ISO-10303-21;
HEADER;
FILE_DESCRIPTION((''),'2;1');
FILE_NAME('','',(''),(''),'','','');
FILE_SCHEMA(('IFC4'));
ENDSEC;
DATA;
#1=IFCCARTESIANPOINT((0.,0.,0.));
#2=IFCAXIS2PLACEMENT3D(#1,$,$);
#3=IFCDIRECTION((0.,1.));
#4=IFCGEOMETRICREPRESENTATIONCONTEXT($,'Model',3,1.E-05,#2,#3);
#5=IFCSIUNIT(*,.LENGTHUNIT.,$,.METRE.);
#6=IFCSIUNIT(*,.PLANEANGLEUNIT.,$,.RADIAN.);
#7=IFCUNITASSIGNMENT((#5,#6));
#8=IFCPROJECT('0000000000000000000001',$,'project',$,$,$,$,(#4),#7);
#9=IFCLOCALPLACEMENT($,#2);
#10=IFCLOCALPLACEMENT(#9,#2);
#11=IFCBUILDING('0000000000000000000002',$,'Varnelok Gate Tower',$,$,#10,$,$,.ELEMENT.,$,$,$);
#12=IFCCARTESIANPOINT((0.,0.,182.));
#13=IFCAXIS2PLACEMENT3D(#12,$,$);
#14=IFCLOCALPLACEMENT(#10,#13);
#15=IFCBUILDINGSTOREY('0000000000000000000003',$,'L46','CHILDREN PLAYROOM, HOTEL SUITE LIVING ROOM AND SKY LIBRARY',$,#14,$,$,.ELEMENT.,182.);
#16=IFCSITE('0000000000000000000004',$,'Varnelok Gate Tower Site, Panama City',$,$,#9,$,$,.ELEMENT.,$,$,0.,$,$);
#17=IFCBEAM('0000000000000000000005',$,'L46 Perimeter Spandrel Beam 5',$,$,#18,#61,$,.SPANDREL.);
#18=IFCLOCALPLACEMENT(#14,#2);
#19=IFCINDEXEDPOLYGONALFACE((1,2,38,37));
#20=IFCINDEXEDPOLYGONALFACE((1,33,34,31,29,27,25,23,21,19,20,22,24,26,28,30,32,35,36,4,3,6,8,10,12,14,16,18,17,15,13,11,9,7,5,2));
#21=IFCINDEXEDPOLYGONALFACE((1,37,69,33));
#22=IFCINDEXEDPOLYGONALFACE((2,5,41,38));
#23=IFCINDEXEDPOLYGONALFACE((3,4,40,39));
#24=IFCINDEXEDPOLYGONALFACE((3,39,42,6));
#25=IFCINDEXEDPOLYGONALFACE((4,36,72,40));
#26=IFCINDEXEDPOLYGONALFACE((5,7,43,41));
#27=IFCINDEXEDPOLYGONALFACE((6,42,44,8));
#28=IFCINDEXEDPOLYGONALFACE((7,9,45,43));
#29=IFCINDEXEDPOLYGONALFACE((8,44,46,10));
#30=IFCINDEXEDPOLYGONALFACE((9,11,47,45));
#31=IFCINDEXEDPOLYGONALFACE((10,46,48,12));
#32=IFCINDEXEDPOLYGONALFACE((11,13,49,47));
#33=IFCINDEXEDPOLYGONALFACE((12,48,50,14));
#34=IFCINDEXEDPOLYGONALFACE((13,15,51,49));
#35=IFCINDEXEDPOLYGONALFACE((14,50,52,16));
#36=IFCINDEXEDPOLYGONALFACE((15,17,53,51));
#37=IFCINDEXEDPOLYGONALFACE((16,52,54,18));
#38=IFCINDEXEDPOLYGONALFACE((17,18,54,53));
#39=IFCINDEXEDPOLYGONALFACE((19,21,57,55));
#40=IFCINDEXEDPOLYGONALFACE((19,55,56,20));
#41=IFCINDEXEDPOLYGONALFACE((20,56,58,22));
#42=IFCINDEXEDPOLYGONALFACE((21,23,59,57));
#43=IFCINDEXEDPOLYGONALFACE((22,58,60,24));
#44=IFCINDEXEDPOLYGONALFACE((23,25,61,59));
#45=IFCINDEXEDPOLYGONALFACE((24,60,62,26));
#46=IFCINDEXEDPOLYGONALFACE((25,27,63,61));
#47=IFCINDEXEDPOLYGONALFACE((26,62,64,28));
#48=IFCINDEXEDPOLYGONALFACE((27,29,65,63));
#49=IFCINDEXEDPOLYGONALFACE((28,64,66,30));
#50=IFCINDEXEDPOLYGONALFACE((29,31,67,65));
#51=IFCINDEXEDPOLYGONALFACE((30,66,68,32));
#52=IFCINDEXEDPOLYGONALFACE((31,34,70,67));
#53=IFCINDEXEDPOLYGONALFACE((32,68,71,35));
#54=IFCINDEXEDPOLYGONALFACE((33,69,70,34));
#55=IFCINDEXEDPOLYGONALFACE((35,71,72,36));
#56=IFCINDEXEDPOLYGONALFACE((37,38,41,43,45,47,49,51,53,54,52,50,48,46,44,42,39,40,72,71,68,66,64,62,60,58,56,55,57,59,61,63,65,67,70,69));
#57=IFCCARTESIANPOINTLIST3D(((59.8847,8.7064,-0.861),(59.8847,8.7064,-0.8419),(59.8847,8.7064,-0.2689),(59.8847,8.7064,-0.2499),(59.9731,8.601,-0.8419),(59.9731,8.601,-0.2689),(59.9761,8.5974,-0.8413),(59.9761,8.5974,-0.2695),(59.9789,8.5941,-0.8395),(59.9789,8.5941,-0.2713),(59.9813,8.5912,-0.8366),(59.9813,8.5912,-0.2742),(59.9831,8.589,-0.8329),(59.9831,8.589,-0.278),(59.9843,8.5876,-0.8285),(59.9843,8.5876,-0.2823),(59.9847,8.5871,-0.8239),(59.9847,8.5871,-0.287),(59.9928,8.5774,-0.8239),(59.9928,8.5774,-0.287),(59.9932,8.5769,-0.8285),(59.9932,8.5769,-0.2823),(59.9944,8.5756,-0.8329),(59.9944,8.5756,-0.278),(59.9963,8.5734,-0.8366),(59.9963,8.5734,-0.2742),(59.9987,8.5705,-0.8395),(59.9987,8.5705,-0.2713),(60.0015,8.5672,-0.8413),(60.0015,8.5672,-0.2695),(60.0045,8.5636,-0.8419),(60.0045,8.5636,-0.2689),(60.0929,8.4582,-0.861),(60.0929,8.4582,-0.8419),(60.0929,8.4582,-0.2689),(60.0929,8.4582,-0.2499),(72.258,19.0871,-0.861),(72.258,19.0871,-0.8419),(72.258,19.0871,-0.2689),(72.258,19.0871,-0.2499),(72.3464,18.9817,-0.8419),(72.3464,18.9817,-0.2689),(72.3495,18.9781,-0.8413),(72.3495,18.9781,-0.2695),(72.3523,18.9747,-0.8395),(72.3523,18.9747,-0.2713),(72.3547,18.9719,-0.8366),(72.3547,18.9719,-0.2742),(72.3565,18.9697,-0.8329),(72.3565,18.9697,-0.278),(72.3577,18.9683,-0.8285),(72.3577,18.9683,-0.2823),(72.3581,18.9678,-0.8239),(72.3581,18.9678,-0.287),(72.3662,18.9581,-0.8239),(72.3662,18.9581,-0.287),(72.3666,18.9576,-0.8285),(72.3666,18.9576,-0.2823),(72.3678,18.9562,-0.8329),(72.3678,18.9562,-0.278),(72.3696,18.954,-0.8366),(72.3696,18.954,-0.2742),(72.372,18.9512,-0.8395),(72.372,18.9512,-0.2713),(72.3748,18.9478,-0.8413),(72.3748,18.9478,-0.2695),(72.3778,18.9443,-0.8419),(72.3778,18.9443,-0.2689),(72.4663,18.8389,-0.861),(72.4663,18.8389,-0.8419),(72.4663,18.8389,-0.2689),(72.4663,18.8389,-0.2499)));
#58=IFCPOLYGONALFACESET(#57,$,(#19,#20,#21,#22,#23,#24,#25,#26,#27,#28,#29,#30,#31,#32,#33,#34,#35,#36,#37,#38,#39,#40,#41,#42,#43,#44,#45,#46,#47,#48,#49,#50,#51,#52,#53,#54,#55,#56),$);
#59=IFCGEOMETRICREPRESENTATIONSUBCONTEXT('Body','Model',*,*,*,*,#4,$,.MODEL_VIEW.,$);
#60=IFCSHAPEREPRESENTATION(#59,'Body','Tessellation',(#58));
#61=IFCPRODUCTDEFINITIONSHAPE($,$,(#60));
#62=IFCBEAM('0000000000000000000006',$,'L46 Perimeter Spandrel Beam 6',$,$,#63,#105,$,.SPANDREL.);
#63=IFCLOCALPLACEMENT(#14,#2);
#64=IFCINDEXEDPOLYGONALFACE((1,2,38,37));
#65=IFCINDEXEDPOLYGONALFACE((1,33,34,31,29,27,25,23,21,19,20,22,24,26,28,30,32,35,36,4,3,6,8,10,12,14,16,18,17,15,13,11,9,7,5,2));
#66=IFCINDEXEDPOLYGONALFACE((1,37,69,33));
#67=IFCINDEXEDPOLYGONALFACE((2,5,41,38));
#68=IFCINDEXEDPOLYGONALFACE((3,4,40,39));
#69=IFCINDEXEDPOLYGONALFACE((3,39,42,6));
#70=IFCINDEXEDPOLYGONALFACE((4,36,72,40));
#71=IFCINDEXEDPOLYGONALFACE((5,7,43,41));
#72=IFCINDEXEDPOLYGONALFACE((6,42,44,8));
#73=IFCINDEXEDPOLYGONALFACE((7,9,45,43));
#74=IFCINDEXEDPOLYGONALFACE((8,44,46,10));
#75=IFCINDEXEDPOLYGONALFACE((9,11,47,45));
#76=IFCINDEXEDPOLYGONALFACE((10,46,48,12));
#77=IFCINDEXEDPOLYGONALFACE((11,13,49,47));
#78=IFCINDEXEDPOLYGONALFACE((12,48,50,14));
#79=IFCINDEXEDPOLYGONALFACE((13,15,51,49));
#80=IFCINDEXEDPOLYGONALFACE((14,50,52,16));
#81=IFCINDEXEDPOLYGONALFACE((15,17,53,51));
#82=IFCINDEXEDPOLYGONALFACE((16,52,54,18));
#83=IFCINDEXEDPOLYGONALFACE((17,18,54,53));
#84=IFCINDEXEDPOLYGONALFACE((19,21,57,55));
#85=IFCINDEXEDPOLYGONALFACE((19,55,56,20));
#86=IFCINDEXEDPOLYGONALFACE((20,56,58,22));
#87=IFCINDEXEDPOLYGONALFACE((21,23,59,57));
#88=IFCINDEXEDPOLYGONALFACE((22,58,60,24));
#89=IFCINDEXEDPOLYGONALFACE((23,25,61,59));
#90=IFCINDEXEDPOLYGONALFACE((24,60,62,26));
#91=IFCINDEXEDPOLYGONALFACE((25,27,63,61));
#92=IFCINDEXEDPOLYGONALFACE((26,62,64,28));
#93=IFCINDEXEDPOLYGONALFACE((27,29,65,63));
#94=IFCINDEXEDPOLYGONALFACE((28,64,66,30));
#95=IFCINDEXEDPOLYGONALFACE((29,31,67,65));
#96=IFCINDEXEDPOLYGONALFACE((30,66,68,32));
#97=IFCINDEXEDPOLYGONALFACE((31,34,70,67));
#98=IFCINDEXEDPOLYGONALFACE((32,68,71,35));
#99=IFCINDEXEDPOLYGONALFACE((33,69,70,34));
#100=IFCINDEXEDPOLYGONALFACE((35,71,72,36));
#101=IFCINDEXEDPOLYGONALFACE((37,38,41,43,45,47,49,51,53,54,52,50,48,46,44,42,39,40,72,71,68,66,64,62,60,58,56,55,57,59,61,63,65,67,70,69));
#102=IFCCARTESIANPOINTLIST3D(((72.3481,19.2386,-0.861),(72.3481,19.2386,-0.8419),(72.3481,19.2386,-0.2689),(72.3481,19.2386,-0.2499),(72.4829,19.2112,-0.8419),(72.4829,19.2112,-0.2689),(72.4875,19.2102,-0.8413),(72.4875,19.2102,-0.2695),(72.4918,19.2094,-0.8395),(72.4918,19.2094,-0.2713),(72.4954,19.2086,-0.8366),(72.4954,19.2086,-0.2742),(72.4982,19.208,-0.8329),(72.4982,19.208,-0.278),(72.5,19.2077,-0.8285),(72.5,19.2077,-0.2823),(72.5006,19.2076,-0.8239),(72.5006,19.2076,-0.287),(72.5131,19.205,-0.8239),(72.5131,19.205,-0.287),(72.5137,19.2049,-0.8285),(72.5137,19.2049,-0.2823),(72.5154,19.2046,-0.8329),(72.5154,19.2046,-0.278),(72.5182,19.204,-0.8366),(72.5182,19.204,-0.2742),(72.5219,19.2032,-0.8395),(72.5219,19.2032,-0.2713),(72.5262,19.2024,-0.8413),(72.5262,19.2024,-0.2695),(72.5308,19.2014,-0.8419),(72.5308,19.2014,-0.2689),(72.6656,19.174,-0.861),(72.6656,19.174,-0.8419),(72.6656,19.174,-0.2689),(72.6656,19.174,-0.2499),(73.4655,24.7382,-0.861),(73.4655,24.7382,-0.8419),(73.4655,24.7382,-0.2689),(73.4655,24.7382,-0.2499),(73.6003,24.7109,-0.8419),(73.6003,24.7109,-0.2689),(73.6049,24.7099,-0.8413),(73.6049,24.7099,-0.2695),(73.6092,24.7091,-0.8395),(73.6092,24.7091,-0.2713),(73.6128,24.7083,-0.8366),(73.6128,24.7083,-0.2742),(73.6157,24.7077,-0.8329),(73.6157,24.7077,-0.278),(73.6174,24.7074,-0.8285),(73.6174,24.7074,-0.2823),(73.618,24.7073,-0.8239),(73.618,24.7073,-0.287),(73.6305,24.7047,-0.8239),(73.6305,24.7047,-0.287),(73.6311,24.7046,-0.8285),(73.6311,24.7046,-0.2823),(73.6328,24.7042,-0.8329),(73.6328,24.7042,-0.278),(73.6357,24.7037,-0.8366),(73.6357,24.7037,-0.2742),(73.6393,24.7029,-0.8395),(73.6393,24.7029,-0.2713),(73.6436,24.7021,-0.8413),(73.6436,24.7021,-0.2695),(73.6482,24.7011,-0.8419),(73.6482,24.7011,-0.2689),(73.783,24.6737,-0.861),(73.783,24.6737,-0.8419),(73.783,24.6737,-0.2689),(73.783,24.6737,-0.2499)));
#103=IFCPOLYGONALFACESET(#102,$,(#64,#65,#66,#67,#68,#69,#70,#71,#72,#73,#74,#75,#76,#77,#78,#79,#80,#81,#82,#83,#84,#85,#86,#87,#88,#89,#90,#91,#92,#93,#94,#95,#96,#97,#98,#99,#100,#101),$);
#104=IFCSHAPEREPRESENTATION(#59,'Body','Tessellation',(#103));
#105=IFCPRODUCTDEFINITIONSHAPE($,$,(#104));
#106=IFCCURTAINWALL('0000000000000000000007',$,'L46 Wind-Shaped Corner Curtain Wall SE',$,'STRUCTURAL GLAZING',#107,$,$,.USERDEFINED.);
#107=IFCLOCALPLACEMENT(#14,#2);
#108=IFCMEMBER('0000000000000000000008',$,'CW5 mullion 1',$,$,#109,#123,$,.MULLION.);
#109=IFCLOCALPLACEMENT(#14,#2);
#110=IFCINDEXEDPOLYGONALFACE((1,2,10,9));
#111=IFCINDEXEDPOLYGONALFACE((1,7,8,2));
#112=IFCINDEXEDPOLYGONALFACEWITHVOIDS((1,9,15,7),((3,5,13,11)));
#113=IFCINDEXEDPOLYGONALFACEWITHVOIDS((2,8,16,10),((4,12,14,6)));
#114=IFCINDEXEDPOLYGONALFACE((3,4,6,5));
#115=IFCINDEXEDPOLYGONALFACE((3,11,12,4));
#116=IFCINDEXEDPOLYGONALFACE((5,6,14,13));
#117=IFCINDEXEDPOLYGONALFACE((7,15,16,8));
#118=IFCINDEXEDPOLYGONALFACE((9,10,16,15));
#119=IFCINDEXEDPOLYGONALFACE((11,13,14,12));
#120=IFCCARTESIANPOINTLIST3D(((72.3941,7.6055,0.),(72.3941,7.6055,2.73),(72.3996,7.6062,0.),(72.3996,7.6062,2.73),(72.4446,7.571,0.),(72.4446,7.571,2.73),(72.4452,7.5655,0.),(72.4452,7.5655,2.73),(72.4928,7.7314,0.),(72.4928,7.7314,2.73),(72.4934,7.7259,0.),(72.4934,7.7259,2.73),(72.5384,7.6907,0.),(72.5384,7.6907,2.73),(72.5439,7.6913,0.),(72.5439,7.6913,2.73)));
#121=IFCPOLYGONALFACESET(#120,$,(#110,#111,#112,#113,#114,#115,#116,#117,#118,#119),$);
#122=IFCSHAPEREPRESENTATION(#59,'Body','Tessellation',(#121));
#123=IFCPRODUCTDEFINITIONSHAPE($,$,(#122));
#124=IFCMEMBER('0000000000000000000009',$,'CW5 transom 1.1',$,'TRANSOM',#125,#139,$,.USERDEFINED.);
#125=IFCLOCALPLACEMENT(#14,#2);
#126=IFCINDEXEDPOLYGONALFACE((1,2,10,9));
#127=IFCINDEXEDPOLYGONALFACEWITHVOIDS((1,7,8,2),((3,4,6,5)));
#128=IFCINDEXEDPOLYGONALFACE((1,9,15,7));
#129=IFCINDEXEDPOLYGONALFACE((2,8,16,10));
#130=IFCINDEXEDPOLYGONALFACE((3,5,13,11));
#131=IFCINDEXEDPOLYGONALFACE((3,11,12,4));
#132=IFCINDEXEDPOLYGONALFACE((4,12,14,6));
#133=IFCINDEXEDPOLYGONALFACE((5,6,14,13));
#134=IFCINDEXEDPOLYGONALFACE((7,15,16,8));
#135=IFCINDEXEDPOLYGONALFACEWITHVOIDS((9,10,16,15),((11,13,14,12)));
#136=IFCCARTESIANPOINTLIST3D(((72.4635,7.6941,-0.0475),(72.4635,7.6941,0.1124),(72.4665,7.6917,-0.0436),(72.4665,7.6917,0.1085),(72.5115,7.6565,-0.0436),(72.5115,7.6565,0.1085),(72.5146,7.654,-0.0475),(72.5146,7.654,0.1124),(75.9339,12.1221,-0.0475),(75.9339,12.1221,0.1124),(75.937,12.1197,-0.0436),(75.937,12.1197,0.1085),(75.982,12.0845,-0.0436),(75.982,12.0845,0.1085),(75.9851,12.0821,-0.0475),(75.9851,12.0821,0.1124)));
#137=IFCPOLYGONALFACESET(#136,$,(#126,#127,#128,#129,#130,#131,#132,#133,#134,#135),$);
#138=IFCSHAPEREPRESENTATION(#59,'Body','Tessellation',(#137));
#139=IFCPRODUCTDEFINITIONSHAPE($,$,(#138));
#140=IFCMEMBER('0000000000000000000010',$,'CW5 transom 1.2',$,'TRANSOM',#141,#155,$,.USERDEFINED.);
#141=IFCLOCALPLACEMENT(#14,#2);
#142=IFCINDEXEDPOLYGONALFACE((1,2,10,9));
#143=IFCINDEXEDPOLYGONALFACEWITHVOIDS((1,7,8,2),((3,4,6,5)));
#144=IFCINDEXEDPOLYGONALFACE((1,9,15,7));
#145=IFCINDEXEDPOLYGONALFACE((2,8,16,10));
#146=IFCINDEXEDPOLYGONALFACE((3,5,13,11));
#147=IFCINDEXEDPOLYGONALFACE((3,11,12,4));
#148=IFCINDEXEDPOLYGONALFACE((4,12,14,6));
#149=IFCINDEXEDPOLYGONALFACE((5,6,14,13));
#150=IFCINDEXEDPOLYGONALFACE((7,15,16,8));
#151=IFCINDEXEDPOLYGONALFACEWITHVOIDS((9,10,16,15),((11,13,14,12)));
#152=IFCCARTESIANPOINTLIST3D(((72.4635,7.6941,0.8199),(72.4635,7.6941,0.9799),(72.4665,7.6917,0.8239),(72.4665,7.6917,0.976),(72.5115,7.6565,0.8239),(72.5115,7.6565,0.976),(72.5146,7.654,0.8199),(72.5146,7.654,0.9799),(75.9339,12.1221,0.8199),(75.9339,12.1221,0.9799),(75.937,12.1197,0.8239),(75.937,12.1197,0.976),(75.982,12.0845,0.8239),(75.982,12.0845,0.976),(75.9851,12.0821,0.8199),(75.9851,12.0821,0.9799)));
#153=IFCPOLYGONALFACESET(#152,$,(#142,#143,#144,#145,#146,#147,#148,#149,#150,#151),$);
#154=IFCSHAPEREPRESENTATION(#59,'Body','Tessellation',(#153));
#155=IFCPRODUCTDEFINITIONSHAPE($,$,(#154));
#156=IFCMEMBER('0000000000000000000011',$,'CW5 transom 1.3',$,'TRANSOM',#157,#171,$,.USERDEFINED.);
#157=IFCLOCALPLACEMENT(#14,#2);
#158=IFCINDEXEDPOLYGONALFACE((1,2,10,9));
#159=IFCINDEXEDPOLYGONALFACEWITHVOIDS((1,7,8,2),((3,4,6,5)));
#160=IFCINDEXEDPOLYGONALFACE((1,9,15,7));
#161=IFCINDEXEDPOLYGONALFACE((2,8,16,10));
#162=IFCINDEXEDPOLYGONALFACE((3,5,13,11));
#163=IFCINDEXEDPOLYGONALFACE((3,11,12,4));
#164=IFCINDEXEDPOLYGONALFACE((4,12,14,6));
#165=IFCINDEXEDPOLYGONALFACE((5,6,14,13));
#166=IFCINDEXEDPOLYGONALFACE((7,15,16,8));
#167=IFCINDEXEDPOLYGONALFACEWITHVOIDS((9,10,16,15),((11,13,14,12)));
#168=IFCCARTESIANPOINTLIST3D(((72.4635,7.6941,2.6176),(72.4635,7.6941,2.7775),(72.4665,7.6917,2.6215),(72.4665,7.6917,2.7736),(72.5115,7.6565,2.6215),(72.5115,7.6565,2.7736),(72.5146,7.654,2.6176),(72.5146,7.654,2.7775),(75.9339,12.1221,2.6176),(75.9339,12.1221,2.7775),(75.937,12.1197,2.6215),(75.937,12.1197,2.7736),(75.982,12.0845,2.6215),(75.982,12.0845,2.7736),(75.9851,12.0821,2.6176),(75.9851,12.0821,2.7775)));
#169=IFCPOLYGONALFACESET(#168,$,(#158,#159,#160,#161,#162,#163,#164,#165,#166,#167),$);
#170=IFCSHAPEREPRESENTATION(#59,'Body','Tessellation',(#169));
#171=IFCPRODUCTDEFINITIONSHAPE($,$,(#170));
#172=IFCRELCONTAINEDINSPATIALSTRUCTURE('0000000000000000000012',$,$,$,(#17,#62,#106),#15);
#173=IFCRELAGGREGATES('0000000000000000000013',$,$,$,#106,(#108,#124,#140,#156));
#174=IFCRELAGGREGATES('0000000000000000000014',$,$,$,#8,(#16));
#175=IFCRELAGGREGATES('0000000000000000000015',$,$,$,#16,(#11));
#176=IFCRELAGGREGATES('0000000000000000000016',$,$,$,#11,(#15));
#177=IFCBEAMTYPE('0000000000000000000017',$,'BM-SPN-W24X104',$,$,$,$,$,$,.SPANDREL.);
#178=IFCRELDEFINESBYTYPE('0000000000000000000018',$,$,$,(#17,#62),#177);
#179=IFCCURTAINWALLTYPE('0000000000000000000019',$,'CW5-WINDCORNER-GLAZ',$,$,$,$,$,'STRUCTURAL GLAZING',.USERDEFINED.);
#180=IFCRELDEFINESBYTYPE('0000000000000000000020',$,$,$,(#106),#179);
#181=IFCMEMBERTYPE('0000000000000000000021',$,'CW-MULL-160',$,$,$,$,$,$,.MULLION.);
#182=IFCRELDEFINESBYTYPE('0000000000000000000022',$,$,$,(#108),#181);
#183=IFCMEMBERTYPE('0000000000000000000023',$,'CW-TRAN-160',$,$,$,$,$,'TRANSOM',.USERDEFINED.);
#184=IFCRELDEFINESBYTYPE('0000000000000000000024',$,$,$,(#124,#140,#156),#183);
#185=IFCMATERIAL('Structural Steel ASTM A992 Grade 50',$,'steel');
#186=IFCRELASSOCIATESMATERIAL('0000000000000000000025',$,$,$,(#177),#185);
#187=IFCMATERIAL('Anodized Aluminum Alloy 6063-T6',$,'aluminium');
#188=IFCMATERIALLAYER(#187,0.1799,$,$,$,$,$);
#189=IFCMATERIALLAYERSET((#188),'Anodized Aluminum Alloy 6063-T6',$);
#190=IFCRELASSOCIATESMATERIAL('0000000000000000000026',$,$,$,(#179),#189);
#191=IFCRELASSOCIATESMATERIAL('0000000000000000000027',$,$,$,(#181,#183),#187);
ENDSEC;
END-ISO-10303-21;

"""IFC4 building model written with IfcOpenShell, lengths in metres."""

from ifc_helpers import new_model, si_unit, direction, frame, origin, origin_2d, place, context, subcontext, project, spatial, hollow_rectangle, i_section, extrude, material, layer, layer_set, material_profile, profile_set, type_object, element, aggregate, save


model = new_model("IFC4")

# Units and contexts
model_context = context("Model", 3, precision=1e-05, world=origin(), true_north=direction((0.0, 1.0)))
body_context = subcontext(model_context, "Body", "Model", "MODEL_VIEW")
ifc_project = project(units=[si_unit("LENGTHUNIT", "METRE"), si_unit("PLANEANGLEUNIT", "RADIAN")], contexts=[model_context])

# Site, building, storey
site_placement = place(None, origin())
site = spatial("IfcSite", under=ifc_project, at=site_placement, Name="Varnelok Gate Tower Site, Panama City", CompositionType="ELEMENT", RefElevation=0.0)
building_placement = place(site_placement, origin())
building = spatial("IfcBuilding", under=site, at=building_placement, Name="Varnelok Gate Tower", CompositionType="ELEMENT")
storey_placement = place(building_placement, frame((0.0, 0.0, 182.0)))
storey = spatial("IfcBuildingStorey", under=building, at=storey_placement, Name="L46", Description="CHILDREN PLAYROOM, HOTEL SUITE LIVING ROOM AND SKY LIBRARY", CompositionType="ELEMENT", Elevation=182.0)

# Shared definitions
ifc_material_1 = material(Name="Structural Steel ASTM A992 Grade 50", Category="steel")

# Beams
ifc_material_profile_1 = material_profile(ifc_material_1, i_section(OverallWidth=0.324, OverallDepth=0.6111, WebThickness=0.0127, FlangeThickness=0.019, FilletRadius=0.0181, at=origin_2d()), Name="W24X104")
ifc_profile_set_1 = profile_set([ifc_material_profile_1], Name="Structural Steel ASTM A992 Grade 50")
beam_type_1 = type_object("IfcBeamType", Name="BM-SPN-W24X104", PredefinedType="SPANDREL", material=ifc_profile_set_1)
beam_1_placement = place(storey_placement, frame((59.9888, 8.5823, -0.5554), z_axis=(0.7661, 0.642722, 0.0), x_axis=(-0.642722, 0.7661, 0.0)))
element("IfcBeam", 1, at=beam_1_placement, inside=storey, type_object=beam_type_1, Name="L46 Perimeter Spandrel Beam 5", PredefinedType="SPANDREL", context=body_context, shape_type="SweptSolid", body=[
    extrude(i_section(OverallWidth=0.324, OverallDepth=0.6111, WebThickness=0.0127, FlangeThickness=0.019, FilletRadius=0.0181, at=origin_2d()), origin(), (0.0, 0.0, 1.0), 16.1511),
])
beam_2_placement = place(storey_placement, frame((72.5068, 19.2063, -0.5554), z_axis=(0.19911, 0.979977, 0.0), x_axis=(-0.979977, 0.19911, 0.0)))
element("IfcBeam", 2, at=beam_2_placement, inside=storey, type_object=beam_type_1, Name="L46 Perimeter Spandrel Beam 6", PredefinedType="SPANDREL", context=body_context, shape_type="SweptSolid", body=[
    extrude(i_section(OverallWidth=0.324, OverallDepth=0.6111, WebThickness=0.0127, FlangeThickness=0.019, FilletRadius=0.0181, at=origin_2d()), origin(), (0.0, 0.0, 1.0), 5.6121),
])

# Curtain wall, members
ifc_material_2 = material(Name="Anodized Aluminum Alloy 6063-T6", Category="aluminium")
ifc_layer_1 = layer(ifc_material_2, 0.1799)
ifc_layer_set_1 = layer_set([ifc_layer_1], Name="Anodized Aluminum Alloy 6063-T6")
curtain_wall_type = type_object("IfcCurtainWallType", Name="CW5-WINDCORNER-GLAZ", ElementType="STRUCTURAL GLAZING", PredefinedType="USERDEFINED", material=ifc_layer_set_1)
curtain_wall_placement = place(storey_placement, origin())
curtain_wall = element("IfcCurtainWall", 3, at=curtain_wall_placement, inside=storey, type_object=curtain_wall_type, Name="L46 Wind-Shaped Corner Curtain Wall SE", ObjectType="STRUCTURAL GLAZING", PredefinedType="USERDEFINED")
ifc_material_profile_2 = material_profile(ifc_material_2, hollow_rectangle(XDim=0.0649, YDim=0.1599, WallThickness=0.0039, at=origin_2d()), Name="ALU160X65X4")
ifc_profile_set_2 = profile_set([ifc_material_profile_2], Name="Anodized Aluminum Alloy 6063-T6")
member_type_1 = type_object("IfcMemberType", Name="CW-MULL-160", PredefinedType="MULLION", material=ifc_profile_set_2)
member_1_placement = place(storey_placement, frame((72.469, 7.6484, 0.0), z_axis=(0.0, 0.0, 1.0), x_axis=(-0.787064, 0.616871, 0.0)))
member_1 = element("IfcMember", 4, at=member_1_placement, type_object=member_type_1, Name="CW5 mullion 1", PredefinedType="MULLION", context=body_context, shape_type="SweptSolid", body=[
    extrude(hollow_rectangle(XDim=0.0649, YDim=0.1599, WallThickness=0.0039, at=origin_2d()), origin(), (0.0, 0.0, 1.0), 2.73),
])
ifc_material_profile_3 = material_profile(ifc_material_2, hollow_rectangle(XDim=0.0649, YDim=0.1599, WallThickness=0.0039, at=origin_2d()), Name="ALU160X65X4")
ifc_profile_set_3 = profile_set([ifc_material_profile_3], Name="Anodized Aluminum Alloy 6063-T6")
member_type_2 = type_object("IfcMemberType", Name="CW-TRAN-160", ElementType="TRANSOM", PredefinedType="USERDEFINED", material=ifc_profile_set_3)
member_2_placement = place(storey_placement, frame((72.489, 7.6741, 0.0325), z_axis=(0.616869, 0.787066, 0.0), x_axis=(-0.787066, 0.616869, 0.0)))
member_2 = element("IfcMember", 5, at=member_2_placement, type_object=member_type_2, Name="CW5 transom 1.1", ObjectType="TRANSOM", PredefinedType="USERDEFINED", context=body_context, shape_type="SweptSolid", body=[
    extrude(hollow_rectangle(XDim=0.0649, YDim=0.1599, WallThickness=0.0039, at=origin_2d()), origin(), (0.0, 0.0, 1.0), 5.626),
])
member_3_placement = place(storey_placement, frame((72.489, 7.6741, 0.8999), z_axis=(0.616869, 0.787066, 0.0), x_axis=(-0.787066, 0.616869, 0.0)))
member_3 = element("IfcMember", 6, at=member_3_placement, type_object=member_type_2, Name="CW5 transom 1.2", ObjectType="TRANSOM", PredefinedType="USERDEFINED", context=body_context, shape_type="SweptSolid", body=[
    extrude(hollow_rectangle(XDim=0.0649, YDim=0.1599, WallThickness=0.0039, at=origin_2d()), origin(), (0.0, 0.0, 1.0), 5.626),
])
member_4_placement = place(storey_placement, frame((72.489, 7.6741, 2.6975), z_axis=(0.616869, 0.787066, 0.0), x_axis=(-0.787066, 0.616869, 0.0)))
member_4 = element("IfcMember", 7, at=member_4_placement, type_object=member_type_2, Name="CW5 transom 1.3", ObjectType="TRANSOM", PredefinedType="USERDEFINED", context=body_context, shape_type="SweptSolid", body=[
    extrude(hollow_rectangle(XDim=0.0649, YDim=0.1599, WallThickness=0.0039, at=origin_2d()), origin(), (0.0, 0.0, 1.0), 5.626),
])
aggregate(curtain_wall, [member_1, member_2, member_3, member_4])

save(model, "model.ifc")
